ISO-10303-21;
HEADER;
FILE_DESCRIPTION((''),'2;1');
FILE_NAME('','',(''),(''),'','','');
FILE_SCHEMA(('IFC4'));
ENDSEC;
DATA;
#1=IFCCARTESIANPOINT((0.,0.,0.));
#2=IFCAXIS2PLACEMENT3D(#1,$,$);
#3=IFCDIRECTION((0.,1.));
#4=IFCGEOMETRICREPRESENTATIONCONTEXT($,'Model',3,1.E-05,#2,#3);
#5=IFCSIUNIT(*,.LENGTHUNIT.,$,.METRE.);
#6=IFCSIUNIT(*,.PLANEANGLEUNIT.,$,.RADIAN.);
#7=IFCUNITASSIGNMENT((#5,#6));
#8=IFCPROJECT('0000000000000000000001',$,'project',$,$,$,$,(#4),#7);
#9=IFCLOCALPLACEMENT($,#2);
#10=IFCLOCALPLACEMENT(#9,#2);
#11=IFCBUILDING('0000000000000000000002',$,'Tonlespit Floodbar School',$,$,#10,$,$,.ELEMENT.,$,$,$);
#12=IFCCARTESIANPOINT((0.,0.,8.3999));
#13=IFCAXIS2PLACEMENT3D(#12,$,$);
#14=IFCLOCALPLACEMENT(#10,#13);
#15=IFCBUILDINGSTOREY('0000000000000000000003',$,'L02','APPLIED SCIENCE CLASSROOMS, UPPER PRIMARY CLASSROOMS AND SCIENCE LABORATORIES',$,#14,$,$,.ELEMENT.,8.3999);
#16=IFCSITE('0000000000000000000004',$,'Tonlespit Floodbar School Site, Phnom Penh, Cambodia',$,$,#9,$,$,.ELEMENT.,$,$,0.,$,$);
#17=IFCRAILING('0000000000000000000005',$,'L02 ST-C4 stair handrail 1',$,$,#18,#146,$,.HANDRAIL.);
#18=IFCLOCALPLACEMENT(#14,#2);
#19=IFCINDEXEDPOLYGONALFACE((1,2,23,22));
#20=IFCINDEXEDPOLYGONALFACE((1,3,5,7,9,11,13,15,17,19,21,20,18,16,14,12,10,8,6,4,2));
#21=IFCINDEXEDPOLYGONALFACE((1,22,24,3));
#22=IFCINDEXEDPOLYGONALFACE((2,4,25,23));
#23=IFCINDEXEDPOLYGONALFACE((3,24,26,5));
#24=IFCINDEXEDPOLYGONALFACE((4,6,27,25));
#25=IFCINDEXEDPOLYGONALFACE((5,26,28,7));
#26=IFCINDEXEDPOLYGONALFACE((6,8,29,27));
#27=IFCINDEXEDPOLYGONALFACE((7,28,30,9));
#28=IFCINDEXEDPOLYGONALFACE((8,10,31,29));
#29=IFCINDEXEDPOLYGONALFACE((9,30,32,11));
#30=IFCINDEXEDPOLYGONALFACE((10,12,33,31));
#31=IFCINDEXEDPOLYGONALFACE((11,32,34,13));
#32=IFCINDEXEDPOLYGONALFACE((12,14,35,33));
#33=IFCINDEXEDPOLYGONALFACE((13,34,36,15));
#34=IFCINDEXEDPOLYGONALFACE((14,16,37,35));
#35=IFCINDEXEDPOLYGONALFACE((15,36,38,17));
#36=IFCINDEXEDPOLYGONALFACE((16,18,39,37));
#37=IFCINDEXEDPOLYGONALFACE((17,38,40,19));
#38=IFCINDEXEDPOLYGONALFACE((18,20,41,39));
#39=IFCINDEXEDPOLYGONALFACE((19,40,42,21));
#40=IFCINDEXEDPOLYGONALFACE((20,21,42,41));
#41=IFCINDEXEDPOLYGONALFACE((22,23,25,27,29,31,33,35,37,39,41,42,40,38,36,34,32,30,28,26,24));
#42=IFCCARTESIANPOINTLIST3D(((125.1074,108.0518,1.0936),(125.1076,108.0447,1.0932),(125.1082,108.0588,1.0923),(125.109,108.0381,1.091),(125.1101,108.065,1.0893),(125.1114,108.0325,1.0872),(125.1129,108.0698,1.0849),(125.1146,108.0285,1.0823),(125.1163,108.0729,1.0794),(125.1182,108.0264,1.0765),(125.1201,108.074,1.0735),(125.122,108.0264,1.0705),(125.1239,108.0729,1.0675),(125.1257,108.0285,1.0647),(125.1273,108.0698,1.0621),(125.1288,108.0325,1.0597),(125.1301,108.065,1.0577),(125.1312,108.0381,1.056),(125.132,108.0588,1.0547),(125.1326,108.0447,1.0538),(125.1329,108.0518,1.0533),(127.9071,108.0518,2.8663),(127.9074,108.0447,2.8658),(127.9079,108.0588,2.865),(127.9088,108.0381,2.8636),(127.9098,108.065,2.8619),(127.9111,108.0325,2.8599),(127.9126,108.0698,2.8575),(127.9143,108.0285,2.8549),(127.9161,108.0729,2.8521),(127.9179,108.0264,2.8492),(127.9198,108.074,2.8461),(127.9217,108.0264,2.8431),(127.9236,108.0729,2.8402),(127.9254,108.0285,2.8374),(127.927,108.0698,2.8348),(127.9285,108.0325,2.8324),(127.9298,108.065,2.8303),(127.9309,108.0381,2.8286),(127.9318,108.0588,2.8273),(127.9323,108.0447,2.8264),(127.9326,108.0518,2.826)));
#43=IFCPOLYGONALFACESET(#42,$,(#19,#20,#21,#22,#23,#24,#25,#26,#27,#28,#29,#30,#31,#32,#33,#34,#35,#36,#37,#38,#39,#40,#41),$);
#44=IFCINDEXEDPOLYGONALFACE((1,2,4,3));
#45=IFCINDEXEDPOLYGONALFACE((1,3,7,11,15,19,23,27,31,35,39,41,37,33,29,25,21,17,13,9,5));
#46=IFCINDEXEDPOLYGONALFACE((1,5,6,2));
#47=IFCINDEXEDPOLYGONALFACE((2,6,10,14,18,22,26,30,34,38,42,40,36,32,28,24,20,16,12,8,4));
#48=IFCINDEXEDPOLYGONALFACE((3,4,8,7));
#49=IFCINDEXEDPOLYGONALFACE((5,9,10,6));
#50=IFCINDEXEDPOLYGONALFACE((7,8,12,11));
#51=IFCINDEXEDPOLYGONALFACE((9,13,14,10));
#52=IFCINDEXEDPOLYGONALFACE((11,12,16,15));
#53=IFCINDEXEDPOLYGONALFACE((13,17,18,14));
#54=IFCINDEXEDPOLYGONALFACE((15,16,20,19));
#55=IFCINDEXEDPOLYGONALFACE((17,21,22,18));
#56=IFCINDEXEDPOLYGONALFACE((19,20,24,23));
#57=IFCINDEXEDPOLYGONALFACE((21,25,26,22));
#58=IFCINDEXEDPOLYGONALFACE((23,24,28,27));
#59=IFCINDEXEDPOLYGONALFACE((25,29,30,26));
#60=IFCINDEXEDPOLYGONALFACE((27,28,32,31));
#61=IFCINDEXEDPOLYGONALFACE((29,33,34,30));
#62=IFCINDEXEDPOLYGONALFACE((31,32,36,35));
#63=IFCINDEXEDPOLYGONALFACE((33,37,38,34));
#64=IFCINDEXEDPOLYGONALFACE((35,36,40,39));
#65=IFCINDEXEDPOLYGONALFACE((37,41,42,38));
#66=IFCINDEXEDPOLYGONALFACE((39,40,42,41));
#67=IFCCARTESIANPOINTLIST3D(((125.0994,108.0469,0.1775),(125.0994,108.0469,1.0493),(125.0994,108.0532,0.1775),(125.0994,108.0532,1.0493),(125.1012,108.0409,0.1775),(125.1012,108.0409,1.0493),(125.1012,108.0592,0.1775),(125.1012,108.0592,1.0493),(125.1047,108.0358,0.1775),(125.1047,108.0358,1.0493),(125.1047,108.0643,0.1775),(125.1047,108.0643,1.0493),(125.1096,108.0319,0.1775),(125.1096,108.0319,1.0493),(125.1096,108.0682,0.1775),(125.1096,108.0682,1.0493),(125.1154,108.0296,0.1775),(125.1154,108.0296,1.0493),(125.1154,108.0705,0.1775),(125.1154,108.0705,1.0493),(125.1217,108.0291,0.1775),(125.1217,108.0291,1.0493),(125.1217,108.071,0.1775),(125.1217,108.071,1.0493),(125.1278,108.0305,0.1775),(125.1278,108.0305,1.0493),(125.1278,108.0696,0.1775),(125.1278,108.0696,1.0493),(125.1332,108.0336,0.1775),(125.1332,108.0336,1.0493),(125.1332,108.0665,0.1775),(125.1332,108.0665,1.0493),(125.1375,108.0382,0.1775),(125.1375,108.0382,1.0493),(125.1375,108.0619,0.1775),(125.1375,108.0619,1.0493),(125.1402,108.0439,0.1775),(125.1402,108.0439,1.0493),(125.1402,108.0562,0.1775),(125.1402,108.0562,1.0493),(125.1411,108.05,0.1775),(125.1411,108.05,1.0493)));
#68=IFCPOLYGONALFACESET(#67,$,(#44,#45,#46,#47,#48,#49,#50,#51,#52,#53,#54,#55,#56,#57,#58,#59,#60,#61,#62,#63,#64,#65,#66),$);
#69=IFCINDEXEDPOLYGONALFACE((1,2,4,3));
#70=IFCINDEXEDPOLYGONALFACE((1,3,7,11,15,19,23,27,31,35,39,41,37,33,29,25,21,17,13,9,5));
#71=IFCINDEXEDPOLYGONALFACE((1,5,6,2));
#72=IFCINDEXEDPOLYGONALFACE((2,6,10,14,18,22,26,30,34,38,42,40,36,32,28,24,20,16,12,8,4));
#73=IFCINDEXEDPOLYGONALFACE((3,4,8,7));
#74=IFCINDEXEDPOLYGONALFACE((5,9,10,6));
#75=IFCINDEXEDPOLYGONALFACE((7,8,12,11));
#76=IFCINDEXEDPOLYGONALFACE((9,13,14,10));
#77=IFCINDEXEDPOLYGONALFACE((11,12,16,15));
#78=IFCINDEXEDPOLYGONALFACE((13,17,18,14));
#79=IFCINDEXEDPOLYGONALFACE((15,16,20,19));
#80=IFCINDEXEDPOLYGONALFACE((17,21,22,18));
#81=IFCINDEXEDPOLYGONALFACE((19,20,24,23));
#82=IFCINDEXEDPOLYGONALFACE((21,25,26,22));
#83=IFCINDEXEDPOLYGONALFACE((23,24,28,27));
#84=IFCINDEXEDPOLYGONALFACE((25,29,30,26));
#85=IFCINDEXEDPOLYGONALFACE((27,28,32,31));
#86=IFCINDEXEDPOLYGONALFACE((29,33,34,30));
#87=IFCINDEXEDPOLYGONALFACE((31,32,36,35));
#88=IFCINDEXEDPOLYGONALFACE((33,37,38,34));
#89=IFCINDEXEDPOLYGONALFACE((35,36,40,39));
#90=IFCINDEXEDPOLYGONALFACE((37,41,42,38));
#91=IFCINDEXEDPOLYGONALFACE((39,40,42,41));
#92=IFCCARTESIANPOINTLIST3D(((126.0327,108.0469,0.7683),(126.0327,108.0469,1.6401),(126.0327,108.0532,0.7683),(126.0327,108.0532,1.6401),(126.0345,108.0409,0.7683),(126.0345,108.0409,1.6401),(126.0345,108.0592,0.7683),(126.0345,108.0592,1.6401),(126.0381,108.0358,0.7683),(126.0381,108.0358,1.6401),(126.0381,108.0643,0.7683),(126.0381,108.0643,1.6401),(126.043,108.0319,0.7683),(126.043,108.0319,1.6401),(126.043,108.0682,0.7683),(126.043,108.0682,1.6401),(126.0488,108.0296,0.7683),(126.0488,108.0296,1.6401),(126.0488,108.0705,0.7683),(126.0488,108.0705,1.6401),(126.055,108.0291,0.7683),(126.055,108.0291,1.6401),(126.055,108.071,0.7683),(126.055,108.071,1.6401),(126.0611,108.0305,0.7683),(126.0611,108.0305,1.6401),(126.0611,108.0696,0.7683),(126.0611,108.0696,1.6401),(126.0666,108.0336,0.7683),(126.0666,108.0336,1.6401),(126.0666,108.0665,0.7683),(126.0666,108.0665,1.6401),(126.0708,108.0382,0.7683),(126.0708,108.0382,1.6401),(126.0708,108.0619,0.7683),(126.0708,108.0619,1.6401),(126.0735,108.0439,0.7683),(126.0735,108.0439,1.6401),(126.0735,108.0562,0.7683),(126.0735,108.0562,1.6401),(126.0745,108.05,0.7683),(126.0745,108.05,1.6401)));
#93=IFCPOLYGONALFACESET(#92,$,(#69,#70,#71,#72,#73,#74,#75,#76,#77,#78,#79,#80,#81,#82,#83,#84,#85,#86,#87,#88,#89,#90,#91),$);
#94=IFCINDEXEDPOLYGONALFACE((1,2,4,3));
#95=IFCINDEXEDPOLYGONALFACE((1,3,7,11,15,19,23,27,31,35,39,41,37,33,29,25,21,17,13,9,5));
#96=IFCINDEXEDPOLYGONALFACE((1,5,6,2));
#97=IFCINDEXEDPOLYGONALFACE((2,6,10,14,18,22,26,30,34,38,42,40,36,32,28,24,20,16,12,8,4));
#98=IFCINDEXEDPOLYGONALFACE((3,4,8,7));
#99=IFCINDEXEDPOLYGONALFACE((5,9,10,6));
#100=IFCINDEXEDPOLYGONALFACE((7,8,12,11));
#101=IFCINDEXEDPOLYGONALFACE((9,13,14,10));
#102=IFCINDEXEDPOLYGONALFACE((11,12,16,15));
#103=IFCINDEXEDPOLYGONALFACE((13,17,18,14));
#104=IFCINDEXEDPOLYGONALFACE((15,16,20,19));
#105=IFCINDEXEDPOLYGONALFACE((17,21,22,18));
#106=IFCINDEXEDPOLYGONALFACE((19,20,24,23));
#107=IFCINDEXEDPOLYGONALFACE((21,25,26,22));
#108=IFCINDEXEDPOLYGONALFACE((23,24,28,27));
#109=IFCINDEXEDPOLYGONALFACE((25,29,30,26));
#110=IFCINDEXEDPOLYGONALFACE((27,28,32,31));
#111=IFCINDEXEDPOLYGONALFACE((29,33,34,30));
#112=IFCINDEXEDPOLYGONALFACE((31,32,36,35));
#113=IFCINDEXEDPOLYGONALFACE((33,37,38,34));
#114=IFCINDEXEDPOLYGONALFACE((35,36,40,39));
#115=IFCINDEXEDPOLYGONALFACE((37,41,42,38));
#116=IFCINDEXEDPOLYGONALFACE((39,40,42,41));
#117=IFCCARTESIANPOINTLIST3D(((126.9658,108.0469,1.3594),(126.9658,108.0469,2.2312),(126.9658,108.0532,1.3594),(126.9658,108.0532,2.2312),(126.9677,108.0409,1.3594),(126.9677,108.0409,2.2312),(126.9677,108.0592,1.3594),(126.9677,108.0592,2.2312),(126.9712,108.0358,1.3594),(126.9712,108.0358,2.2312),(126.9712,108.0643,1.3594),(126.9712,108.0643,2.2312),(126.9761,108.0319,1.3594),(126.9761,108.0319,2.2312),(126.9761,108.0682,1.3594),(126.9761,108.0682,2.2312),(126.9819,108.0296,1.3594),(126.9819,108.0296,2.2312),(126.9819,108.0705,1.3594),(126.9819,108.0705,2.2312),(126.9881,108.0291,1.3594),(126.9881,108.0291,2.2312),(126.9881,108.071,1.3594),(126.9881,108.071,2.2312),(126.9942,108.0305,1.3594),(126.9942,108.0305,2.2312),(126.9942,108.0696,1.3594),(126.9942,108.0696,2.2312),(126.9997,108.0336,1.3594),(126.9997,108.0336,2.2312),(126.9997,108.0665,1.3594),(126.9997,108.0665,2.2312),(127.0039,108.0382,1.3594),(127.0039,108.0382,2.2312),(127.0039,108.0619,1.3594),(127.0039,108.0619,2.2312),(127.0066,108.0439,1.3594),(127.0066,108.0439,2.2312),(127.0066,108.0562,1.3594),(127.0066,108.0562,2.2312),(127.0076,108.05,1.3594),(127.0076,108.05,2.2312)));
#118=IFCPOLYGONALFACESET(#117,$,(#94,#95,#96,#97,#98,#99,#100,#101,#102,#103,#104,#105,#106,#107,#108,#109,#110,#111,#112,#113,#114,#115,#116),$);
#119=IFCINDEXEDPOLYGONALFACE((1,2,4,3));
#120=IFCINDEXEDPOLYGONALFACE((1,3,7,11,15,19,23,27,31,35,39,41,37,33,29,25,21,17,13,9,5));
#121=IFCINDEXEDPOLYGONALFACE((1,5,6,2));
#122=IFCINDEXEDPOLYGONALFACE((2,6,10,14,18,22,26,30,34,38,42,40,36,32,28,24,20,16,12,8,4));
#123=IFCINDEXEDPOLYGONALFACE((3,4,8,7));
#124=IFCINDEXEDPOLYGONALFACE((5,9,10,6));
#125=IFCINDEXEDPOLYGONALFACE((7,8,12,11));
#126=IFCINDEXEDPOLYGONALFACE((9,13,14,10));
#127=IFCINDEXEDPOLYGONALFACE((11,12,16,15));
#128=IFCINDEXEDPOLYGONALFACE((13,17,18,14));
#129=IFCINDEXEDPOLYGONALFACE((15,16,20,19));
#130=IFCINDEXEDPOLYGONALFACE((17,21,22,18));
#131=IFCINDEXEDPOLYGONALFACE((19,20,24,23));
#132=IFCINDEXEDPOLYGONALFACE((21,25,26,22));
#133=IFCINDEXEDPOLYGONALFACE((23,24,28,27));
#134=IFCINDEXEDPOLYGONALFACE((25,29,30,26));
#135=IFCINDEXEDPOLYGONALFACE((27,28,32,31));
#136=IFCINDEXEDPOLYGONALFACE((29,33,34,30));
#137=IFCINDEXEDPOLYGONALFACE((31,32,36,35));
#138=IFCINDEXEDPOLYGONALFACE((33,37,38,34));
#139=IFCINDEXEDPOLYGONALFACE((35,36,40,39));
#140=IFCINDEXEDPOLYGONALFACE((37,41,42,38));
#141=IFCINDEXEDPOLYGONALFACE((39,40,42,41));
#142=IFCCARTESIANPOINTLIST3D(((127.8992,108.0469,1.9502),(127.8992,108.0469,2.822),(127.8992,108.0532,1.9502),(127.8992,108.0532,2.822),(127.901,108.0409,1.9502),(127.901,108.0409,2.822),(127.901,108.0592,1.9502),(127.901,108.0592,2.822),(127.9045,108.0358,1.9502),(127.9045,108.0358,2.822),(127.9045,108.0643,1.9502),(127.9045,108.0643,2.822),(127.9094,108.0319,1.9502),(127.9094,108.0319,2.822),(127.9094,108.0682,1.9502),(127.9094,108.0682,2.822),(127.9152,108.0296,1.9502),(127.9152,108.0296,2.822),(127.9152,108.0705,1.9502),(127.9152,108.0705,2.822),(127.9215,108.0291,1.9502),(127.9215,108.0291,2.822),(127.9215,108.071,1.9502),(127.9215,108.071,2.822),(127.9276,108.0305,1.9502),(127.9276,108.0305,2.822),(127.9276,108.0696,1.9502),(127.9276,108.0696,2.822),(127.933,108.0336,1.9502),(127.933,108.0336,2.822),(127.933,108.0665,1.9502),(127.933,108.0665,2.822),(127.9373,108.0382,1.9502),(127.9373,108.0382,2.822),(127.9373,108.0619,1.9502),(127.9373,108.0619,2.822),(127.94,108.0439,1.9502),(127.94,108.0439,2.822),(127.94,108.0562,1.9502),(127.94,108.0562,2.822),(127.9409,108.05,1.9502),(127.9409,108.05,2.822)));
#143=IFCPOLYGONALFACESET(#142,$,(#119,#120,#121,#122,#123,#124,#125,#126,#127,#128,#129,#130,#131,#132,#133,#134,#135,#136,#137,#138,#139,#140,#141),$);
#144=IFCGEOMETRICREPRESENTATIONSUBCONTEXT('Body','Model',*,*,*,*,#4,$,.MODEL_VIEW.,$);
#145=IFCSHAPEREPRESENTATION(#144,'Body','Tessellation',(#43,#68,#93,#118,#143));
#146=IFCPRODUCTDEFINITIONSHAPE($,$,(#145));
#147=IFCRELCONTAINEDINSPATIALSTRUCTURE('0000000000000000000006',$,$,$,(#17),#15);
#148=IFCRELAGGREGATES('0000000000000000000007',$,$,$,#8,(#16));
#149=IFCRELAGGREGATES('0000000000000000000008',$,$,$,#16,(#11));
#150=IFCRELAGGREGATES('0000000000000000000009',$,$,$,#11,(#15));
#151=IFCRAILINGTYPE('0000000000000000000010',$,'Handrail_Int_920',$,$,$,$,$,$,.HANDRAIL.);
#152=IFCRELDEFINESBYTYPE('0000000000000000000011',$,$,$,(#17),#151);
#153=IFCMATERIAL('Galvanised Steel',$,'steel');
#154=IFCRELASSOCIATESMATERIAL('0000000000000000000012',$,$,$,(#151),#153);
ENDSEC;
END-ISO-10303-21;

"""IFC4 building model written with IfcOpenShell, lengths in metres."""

from ifc_helpers import new_model, si_unit, direction, frame, origin, origin_2d, place, context, subcontext, project, spatial, circle, extrude, material, type_object, element, save


model = new_model("IFC4")

# Units and contexts
model_context = context("Model", 3, precision=1e-05, world=origin(), true_north=direction((0.0, 1.0)))
body_context = subcontext(model_context, "Body", "Model", "MODEL_VIEW")
ifc_project = project(units=[si_unit("LENGTHUNIT", "METRE"), si_unit("PLANEANGLEUNIT", "RADIAN")], contexts=[model_context])

# Site, building, storey
site_placement = place(None, origin())
site = spatial("IfcSite", under=ifc_project, at=site_placement, Name="Tonlespit Floodbar School Site, Phnom Penh, Cambodia", CompositionType="ELEMENT", RefElevation=0.0)
building_placement = place(site_placement, origin())
building = spatial("IfcBuilding", under=site, at=building_placement, Name="Tonlespit Floodbar School", CompositionType="ELEMENT")
storey_placement = place(building_placement, frame((0.0, 0.0, 8.3999)))
storey = spatial("IfcBuildingStorey", under=building, at=storey_placement, Name="L02", Description="APPLIED SCIENCE CLASSROOMS, UPPER PRIMARY CLASSROOMS AND SCIENCE LABORATORIES", CompositionType="ELEMENT", Elevation=8.3999)

# Railing
ifc_material_1 = material(Name="Galvanised Steel", Category="steel")
railing_type_1 = type_object("IfcRailingType", Name="Handrail_Int_920", PredefinedType="HANDRAIL", material=ifc_material_1)
railing_1_placement = place(storey_placement, frame((125.1201, 108.05, 0.1775)))
element("IfcRailing", 1, at=railing_1_placement, inside=storey, type_object=railing_type_1, Name="L02 ST-C4 stair handrail 1", PredefinedType="HANDRAIL", context=body_context, shape_type="SweptSolid", body=[
    extrude(circle(Radius=0.0239, at=origin_2d()), frame((0.0, 0.0, 0.896), z_axis=(0.844888, 0.0, 0.534943), x_axis=(0.0, 1.0, 0.0)), (0.0, 0.0, 1.0), 3.3137),
    extrude(circle(Radius=0.021, at=origin_2d()), origin(), (0.0, 0.0, 1.0), 0.8718),
    extrude(circle(Radius=0.021, at=origin_2d()), frame((0.9333, 0.0, 0.5908)), (0.0, 0.0, 1.0), 0.8718),
    extrude(circle(Radius=0.021, at=origin_2d()), frame((1.8665, 0.0, 1.1819)), (0.0, 0.0, 1.0), 0.8718),
    extrude(circle(Radius=0.021, at=origin_2d()), frame((2.7998, 0.0, 1.7727)), (0.0, 0.0, 1.0), 0.8718),
])

save(model, "model.ifc")
